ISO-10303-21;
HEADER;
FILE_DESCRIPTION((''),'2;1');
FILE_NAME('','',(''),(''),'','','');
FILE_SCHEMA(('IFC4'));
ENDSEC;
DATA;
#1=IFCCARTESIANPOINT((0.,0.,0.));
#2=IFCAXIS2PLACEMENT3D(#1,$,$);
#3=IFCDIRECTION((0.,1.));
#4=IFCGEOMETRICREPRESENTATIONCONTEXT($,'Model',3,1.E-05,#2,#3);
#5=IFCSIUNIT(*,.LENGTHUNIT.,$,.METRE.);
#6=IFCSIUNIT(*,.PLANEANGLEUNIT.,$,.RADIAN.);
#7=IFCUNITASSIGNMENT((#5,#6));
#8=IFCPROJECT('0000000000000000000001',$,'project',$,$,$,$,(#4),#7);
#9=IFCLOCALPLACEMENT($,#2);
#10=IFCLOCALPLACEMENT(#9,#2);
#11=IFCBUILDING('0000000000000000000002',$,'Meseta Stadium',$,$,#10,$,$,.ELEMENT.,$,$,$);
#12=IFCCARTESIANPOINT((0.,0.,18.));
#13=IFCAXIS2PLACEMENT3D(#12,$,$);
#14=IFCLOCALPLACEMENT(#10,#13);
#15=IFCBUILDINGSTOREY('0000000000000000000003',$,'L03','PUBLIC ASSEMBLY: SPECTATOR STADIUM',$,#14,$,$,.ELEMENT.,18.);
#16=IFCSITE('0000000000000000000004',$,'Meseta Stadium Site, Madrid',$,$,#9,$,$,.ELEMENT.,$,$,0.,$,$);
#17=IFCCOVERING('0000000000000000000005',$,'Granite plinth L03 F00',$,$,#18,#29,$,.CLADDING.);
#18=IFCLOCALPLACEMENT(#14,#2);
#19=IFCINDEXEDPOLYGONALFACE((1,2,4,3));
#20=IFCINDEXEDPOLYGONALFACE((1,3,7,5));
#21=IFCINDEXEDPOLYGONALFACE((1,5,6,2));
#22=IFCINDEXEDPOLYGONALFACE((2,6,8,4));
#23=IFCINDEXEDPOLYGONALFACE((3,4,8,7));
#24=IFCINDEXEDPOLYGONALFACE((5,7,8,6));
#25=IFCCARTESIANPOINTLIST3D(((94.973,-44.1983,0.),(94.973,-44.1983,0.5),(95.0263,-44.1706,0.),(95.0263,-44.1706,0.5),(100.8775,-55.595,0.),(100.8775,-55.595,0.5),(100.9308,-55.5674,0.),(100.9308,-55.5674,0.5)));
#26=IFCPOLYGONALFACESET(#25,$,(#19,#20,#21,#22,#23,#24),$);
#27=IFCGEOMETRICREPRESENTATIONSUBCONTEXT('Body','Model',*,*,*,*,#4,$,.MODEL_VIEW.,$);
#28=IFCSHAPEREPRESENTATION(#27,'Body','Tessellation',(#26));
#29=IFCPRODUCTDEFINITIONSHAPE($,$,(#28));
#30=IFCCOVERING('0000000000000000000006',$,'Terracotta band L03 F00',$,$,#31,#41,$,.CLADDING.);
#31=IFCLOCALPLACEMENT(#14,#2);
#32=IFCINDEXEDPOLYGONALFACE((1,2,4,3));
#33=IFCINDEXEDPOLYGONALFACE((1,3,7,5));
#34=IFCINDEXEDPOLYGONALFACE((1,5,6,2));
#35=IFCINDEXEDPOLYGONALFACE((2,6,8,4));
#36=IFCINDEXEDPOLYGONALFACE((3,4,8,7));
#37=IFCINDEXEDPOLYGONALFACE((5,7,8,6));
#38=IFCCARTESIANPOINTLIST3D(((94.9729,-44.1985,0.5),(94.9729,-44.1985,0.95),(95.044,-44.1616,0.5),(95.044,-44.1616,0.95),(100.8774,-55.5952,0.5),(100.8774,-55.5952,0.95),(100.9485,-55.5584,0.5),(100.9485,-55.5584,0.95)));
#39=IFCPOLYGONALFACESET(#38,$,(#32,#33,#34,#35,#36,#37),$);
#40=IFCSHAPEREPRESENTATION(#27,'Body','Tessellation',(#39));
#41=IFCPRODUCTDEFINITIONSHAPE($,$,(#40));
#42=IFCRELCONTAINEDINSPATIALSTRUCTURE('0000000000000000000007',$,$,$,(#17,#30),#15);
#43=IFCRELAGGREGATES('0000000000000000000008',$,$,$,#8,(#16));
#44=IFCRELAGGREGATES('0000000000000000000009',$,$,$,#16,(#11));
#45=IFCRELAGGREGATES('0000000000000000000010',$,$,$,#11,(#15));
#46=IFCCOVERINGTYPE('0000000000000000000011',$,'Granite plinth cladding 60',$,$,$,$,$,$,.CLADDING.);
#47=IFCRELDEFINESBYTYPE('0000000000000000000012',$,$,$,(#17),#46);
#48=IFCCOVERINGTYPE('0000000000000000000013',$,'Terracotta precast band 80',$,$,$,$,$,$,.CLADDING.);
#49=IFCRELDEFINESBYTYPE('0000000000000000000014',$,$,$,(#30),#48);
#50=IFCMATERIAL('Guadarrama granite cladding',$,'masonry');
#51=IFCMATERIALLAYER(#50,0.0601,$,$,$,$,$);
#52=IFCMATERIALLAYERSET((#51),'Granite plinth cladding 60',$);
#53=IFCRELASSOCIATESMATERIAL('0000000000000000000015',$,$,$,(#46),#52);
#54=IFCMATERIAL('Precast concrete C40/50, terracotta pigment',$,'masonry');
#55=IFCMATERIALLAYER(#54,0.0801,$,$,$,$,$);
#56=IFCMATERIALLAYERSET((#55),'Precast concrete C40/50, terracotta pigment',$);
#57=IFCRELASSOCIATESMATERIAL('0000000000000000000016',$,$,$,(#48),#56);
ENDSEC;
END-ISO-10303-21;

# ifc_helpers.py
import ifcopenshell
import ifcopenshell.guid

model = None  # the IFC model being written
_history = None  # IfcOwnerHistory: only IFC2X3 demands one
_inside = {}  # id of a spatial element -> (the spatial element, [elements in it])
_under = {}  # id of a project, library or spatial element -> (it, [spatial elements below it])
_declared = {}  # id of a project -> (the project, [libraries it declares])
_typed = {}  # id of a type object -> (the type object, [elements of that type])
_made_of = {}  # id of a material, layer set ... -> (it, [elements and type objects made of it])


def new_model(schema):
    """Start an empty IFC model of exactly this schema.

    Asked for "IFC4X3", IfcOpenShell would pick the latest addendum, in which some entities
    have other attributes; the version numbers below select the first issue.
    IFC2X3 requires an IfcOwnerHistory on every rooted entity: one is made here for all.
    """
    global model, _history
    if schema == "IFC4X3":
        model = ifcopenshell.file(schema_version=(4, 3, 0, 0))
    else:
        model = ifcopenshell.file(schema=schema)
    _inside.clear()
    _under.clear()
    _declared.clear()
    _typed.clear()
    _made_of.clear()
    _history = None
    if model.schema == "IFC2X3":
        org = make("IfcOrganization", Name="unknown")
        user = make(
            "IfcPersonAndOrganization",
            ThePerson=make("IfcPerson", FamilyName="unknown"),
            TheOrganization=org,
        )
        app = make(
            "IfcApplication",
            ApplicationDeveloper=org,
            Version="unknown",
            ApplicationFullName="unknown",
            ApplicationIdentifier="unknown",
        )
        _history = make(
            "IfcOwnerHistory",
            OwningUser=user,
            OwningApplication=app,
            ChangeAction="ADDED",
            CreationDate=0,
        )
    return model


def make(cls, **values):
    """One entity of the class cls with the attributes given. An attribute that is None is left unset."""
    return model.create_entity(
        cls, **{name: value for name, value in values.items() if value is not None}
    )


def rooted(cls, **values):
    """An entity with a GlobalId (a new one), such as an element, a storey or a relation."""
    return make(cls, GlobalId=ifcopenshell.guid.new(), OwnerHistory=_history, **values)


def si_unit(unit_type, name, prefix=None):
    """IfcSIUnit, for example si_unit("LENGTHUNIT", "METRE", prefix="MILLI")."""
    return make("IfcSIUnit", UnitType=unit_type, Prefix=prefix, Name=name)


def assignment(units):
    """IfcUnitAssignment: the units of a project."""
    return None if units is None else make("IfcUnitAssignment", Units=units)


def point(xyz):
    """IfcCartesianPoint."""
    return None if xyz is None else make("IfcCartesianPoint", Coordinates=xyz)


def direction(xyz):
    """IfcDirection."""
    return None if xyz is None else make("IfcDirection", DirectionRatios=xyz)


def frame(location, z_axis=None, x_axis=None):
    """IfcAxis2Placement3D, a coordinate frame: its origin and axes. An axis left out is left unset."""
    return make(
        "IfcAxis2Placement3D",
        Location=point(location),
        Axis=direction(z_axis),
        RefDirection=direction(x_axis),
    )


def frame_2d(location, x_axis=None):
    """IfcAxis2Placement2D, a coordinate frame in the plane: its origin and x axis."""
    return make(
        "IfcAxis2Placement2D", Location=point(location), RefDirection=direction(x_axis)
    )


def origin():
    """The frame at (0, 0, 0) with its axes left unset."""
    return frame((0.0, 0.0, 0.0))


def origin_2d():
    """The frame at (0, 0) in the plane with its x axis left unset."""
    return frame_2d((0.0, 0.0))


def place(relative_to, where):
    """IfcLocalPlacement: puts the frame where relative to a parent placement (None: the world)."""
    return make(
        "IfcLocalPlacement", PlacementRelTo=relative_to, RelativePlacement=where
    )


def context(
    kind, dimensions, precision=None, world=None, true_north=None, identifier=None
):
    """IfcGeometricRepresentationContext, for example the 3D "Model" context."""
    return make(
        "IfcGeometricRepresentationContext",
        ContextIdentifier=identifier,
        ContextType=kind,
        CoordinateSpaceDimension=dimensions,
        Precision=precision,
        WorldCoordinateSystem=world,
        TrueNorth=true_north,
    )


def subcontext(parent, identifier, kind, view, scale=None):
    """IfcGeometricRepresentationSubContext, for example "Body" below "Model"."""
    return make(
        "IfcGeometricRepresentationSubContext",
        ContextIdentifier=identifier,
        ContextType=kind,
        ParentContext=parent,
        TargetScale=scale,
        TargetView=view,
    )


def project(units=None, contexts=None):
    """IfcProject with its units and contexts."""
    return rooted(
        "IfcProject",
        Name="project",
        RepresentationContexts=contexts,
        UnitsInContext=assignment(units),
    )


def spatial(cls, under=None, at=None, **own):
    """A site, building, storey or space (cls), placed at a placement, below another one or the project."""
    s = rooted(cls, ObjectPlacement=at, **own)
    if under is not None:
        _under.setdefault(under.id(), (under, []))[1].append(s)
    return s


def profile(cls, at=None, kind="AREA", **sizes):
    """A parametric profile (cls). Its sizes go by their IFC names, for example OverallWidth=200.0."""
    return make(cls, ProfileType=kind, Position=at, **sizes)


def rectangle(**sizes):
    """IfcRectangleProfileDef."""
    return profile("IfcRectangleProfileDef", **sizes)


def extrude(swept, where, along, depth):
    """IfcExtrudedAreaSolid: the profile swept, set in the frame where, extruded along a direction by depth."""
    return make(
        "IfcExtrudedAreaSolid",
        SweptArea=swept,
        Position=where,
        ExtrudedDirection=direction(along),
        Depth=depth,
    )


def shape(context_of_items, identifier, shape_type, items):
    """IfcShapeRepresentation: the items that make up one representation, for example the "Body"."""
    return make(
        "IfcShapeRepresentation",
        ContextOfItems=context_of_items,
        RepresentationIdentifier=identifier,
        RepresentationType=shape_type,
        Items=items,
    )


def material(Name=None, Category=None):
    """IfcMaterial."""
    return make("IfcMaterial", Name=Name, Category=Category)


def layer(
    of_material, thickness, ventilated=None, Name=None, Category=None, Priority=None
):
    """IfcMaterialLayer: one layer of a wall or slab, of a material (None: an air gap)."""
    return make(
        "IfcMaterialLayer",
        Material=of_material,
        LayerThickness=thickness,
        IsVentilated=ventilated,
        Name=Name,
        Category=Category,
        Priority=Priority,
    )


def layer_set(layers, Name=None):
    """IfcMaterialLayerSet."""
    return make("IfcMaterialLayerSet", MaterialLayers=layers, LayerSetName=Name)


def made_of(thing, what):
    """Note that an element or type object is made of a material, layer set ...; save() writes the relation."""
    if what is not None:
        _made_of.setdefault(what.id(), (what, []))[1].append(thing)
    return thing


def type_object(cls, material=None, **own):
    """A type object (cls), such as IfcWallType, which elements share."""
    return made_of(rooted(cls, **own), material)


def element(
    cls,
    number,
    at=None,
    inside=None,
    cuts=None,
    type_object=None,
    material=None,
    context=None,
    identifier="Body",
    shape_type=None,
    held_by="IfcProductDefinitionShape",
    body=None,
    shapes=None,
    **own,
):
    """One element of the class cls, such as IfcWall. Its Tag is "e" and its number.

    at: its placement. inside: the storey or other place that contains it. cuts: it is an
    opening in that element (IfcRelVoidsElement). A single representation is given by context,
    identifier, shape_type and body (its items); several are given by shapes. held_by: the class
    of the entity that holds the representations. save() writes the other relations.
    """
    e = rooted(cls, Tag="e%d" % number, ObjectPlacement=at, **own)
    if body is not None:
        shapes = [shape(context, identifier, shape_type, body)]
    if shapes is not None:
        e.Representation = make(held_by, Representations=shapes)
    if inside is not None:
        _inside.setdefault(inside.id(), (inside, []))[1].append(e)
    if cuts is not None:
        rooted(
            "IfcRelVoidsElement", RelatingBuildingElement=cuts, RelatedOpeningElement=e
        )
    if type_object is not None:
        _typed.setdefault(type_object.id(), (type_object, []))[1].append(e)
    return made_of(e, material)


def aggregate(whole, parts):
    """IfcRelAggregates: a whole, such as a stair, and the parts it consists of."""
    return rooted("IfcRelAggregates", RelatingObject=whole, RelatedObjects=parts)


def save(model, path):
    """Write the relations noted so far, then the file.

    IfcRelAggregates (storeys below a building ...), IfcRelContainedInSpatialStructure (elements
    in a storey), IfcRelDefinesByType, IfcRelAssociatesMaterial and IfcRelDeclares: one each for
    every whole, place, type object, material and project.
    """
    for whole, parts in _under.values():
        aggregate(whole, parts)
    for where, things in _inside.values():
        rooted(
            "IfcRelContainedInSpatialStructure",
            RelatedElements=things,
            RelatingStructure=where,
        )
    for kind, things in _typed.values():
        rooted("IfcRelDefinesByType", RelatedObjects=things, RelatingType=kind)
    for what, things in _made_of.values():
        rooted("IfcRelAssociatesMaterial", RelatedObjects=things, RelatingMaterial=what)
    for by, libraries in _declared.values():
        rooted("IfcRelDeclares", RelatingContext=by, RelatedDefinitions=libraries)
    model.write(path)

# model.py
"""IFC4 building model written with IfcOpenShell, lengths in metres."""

from ifc_helpers import new_model, si_unit, direction, frame, origin, origin_2d, place, context, subcontext, project, spatial, rectangle, extrude, material, layer, layer_set, type_object, element, save


model = new_model("IFC4")

# Units and contexts
model_context = context("Model", 3, precision=1e-05, world=origin(), true_north=direction((0.0, 1.0)))
body_context = subcontext(model_context, "Body", "Model", "MODEL_VIEW")
ifc_project = project(units=[si_unit("LENGTHUNIT", "METRE"), si_unit("PLANEANGLEUNIT", "RADIAN")], contexts=[model_context])

# Site, building, storey
site_placement = place(None, origin())
site = spatial("IfcSite", under=ifc_project, at=site_placement, Name="Meseta Stadium Site, Madrid", CompositionType="ELEMENT", RefElevation=0.0)
building_placement = place(site_placement, origin())
building = spatial("IfcBuilding", under=site, at=building_placement, Name="Meseta Stadium", CompositionType="ELEMENT")
storey_placement = place(building_placement, frame((0.0, 0.0, 18.0)))
storey = spatial("IfcBuildingStorey", under=building, at=storey_placement, Name="L03", Description="PUBLIC ASSEMBLY: SPECTATOR STADIUM", CompositionType="ELEMENT", Elevation=18.0)

# Coverings
ifc_material_1 = material(Name="Guadarrama granite cladding", Category="masonry")
ifc_layer_1 = layer(ifc_material_1, 0.0601)
ifc_layer_set_1 = layer_set([ifc_layer_1], Name="Granite plinth cladding 60")
covering_type_1 = type_object("IfcCoveringType", Name="Granite plinth cladding 60", PredefinedType="CLADDING", material=ifc_layer_set_1)
covering_1_placement = place(storey_placement, frame((97.9519, -49.8828, 0.0), z_axis=(0.0, 0.0, 1.0), x_axis=(0.460015, -0.887911, 0.0)))
element("IfcCovering", 1, at=covering_1_placement, inside=storey, type_object=covering_type_1, Name="Granite plinth L03 F00", PredefinedType="CLADDING", context=body_context, shape_type="SweptSolid", body=[
    extrude(rectangle(XDim=12.8354, YDim=0.0601, at=origin_2d()), origin(), (0.0, 0.0, 1.0), 0.5),
])
ifc_material_2 = material(Name="Precast concrete C40/50, terracotta pigment", Category="masonry")
ifc_layer_2 = layer(ifc_material_2, 0.0801)
ifc_layer_set_2 = layer_set([ifc_layer_2], Name="Precast concrete C40/50, terracotta pigment")
covering_type_2 = type_object("IfcCoveringType", Name="Terracotta precast band 80", PredefinedType="CLADDING", material=ifc_layer_set_2)
covering_2_placement = place(storey_placement, frame((97.9607, -49.8784, 0.5), z_axis=(0.0, 0.0, 1.0), x_axis=(0.460015, -0.887911, 0.0)))
element("IfcCovering", 2, at=covering_2_placement, inside=storey, type_object=covering_type_2, Name="Terracotta band L03 F00", PredefinedType="CLADDING", context=body_context, shape_type="SweptSolid", body=[
    extrude(rectangle(XDim=12.8354, YDim=0.0801, at=origin_2d()), origin(), (0.0, 0.0, 1.0), 0.45),
])

save(model, "model.ifc")
